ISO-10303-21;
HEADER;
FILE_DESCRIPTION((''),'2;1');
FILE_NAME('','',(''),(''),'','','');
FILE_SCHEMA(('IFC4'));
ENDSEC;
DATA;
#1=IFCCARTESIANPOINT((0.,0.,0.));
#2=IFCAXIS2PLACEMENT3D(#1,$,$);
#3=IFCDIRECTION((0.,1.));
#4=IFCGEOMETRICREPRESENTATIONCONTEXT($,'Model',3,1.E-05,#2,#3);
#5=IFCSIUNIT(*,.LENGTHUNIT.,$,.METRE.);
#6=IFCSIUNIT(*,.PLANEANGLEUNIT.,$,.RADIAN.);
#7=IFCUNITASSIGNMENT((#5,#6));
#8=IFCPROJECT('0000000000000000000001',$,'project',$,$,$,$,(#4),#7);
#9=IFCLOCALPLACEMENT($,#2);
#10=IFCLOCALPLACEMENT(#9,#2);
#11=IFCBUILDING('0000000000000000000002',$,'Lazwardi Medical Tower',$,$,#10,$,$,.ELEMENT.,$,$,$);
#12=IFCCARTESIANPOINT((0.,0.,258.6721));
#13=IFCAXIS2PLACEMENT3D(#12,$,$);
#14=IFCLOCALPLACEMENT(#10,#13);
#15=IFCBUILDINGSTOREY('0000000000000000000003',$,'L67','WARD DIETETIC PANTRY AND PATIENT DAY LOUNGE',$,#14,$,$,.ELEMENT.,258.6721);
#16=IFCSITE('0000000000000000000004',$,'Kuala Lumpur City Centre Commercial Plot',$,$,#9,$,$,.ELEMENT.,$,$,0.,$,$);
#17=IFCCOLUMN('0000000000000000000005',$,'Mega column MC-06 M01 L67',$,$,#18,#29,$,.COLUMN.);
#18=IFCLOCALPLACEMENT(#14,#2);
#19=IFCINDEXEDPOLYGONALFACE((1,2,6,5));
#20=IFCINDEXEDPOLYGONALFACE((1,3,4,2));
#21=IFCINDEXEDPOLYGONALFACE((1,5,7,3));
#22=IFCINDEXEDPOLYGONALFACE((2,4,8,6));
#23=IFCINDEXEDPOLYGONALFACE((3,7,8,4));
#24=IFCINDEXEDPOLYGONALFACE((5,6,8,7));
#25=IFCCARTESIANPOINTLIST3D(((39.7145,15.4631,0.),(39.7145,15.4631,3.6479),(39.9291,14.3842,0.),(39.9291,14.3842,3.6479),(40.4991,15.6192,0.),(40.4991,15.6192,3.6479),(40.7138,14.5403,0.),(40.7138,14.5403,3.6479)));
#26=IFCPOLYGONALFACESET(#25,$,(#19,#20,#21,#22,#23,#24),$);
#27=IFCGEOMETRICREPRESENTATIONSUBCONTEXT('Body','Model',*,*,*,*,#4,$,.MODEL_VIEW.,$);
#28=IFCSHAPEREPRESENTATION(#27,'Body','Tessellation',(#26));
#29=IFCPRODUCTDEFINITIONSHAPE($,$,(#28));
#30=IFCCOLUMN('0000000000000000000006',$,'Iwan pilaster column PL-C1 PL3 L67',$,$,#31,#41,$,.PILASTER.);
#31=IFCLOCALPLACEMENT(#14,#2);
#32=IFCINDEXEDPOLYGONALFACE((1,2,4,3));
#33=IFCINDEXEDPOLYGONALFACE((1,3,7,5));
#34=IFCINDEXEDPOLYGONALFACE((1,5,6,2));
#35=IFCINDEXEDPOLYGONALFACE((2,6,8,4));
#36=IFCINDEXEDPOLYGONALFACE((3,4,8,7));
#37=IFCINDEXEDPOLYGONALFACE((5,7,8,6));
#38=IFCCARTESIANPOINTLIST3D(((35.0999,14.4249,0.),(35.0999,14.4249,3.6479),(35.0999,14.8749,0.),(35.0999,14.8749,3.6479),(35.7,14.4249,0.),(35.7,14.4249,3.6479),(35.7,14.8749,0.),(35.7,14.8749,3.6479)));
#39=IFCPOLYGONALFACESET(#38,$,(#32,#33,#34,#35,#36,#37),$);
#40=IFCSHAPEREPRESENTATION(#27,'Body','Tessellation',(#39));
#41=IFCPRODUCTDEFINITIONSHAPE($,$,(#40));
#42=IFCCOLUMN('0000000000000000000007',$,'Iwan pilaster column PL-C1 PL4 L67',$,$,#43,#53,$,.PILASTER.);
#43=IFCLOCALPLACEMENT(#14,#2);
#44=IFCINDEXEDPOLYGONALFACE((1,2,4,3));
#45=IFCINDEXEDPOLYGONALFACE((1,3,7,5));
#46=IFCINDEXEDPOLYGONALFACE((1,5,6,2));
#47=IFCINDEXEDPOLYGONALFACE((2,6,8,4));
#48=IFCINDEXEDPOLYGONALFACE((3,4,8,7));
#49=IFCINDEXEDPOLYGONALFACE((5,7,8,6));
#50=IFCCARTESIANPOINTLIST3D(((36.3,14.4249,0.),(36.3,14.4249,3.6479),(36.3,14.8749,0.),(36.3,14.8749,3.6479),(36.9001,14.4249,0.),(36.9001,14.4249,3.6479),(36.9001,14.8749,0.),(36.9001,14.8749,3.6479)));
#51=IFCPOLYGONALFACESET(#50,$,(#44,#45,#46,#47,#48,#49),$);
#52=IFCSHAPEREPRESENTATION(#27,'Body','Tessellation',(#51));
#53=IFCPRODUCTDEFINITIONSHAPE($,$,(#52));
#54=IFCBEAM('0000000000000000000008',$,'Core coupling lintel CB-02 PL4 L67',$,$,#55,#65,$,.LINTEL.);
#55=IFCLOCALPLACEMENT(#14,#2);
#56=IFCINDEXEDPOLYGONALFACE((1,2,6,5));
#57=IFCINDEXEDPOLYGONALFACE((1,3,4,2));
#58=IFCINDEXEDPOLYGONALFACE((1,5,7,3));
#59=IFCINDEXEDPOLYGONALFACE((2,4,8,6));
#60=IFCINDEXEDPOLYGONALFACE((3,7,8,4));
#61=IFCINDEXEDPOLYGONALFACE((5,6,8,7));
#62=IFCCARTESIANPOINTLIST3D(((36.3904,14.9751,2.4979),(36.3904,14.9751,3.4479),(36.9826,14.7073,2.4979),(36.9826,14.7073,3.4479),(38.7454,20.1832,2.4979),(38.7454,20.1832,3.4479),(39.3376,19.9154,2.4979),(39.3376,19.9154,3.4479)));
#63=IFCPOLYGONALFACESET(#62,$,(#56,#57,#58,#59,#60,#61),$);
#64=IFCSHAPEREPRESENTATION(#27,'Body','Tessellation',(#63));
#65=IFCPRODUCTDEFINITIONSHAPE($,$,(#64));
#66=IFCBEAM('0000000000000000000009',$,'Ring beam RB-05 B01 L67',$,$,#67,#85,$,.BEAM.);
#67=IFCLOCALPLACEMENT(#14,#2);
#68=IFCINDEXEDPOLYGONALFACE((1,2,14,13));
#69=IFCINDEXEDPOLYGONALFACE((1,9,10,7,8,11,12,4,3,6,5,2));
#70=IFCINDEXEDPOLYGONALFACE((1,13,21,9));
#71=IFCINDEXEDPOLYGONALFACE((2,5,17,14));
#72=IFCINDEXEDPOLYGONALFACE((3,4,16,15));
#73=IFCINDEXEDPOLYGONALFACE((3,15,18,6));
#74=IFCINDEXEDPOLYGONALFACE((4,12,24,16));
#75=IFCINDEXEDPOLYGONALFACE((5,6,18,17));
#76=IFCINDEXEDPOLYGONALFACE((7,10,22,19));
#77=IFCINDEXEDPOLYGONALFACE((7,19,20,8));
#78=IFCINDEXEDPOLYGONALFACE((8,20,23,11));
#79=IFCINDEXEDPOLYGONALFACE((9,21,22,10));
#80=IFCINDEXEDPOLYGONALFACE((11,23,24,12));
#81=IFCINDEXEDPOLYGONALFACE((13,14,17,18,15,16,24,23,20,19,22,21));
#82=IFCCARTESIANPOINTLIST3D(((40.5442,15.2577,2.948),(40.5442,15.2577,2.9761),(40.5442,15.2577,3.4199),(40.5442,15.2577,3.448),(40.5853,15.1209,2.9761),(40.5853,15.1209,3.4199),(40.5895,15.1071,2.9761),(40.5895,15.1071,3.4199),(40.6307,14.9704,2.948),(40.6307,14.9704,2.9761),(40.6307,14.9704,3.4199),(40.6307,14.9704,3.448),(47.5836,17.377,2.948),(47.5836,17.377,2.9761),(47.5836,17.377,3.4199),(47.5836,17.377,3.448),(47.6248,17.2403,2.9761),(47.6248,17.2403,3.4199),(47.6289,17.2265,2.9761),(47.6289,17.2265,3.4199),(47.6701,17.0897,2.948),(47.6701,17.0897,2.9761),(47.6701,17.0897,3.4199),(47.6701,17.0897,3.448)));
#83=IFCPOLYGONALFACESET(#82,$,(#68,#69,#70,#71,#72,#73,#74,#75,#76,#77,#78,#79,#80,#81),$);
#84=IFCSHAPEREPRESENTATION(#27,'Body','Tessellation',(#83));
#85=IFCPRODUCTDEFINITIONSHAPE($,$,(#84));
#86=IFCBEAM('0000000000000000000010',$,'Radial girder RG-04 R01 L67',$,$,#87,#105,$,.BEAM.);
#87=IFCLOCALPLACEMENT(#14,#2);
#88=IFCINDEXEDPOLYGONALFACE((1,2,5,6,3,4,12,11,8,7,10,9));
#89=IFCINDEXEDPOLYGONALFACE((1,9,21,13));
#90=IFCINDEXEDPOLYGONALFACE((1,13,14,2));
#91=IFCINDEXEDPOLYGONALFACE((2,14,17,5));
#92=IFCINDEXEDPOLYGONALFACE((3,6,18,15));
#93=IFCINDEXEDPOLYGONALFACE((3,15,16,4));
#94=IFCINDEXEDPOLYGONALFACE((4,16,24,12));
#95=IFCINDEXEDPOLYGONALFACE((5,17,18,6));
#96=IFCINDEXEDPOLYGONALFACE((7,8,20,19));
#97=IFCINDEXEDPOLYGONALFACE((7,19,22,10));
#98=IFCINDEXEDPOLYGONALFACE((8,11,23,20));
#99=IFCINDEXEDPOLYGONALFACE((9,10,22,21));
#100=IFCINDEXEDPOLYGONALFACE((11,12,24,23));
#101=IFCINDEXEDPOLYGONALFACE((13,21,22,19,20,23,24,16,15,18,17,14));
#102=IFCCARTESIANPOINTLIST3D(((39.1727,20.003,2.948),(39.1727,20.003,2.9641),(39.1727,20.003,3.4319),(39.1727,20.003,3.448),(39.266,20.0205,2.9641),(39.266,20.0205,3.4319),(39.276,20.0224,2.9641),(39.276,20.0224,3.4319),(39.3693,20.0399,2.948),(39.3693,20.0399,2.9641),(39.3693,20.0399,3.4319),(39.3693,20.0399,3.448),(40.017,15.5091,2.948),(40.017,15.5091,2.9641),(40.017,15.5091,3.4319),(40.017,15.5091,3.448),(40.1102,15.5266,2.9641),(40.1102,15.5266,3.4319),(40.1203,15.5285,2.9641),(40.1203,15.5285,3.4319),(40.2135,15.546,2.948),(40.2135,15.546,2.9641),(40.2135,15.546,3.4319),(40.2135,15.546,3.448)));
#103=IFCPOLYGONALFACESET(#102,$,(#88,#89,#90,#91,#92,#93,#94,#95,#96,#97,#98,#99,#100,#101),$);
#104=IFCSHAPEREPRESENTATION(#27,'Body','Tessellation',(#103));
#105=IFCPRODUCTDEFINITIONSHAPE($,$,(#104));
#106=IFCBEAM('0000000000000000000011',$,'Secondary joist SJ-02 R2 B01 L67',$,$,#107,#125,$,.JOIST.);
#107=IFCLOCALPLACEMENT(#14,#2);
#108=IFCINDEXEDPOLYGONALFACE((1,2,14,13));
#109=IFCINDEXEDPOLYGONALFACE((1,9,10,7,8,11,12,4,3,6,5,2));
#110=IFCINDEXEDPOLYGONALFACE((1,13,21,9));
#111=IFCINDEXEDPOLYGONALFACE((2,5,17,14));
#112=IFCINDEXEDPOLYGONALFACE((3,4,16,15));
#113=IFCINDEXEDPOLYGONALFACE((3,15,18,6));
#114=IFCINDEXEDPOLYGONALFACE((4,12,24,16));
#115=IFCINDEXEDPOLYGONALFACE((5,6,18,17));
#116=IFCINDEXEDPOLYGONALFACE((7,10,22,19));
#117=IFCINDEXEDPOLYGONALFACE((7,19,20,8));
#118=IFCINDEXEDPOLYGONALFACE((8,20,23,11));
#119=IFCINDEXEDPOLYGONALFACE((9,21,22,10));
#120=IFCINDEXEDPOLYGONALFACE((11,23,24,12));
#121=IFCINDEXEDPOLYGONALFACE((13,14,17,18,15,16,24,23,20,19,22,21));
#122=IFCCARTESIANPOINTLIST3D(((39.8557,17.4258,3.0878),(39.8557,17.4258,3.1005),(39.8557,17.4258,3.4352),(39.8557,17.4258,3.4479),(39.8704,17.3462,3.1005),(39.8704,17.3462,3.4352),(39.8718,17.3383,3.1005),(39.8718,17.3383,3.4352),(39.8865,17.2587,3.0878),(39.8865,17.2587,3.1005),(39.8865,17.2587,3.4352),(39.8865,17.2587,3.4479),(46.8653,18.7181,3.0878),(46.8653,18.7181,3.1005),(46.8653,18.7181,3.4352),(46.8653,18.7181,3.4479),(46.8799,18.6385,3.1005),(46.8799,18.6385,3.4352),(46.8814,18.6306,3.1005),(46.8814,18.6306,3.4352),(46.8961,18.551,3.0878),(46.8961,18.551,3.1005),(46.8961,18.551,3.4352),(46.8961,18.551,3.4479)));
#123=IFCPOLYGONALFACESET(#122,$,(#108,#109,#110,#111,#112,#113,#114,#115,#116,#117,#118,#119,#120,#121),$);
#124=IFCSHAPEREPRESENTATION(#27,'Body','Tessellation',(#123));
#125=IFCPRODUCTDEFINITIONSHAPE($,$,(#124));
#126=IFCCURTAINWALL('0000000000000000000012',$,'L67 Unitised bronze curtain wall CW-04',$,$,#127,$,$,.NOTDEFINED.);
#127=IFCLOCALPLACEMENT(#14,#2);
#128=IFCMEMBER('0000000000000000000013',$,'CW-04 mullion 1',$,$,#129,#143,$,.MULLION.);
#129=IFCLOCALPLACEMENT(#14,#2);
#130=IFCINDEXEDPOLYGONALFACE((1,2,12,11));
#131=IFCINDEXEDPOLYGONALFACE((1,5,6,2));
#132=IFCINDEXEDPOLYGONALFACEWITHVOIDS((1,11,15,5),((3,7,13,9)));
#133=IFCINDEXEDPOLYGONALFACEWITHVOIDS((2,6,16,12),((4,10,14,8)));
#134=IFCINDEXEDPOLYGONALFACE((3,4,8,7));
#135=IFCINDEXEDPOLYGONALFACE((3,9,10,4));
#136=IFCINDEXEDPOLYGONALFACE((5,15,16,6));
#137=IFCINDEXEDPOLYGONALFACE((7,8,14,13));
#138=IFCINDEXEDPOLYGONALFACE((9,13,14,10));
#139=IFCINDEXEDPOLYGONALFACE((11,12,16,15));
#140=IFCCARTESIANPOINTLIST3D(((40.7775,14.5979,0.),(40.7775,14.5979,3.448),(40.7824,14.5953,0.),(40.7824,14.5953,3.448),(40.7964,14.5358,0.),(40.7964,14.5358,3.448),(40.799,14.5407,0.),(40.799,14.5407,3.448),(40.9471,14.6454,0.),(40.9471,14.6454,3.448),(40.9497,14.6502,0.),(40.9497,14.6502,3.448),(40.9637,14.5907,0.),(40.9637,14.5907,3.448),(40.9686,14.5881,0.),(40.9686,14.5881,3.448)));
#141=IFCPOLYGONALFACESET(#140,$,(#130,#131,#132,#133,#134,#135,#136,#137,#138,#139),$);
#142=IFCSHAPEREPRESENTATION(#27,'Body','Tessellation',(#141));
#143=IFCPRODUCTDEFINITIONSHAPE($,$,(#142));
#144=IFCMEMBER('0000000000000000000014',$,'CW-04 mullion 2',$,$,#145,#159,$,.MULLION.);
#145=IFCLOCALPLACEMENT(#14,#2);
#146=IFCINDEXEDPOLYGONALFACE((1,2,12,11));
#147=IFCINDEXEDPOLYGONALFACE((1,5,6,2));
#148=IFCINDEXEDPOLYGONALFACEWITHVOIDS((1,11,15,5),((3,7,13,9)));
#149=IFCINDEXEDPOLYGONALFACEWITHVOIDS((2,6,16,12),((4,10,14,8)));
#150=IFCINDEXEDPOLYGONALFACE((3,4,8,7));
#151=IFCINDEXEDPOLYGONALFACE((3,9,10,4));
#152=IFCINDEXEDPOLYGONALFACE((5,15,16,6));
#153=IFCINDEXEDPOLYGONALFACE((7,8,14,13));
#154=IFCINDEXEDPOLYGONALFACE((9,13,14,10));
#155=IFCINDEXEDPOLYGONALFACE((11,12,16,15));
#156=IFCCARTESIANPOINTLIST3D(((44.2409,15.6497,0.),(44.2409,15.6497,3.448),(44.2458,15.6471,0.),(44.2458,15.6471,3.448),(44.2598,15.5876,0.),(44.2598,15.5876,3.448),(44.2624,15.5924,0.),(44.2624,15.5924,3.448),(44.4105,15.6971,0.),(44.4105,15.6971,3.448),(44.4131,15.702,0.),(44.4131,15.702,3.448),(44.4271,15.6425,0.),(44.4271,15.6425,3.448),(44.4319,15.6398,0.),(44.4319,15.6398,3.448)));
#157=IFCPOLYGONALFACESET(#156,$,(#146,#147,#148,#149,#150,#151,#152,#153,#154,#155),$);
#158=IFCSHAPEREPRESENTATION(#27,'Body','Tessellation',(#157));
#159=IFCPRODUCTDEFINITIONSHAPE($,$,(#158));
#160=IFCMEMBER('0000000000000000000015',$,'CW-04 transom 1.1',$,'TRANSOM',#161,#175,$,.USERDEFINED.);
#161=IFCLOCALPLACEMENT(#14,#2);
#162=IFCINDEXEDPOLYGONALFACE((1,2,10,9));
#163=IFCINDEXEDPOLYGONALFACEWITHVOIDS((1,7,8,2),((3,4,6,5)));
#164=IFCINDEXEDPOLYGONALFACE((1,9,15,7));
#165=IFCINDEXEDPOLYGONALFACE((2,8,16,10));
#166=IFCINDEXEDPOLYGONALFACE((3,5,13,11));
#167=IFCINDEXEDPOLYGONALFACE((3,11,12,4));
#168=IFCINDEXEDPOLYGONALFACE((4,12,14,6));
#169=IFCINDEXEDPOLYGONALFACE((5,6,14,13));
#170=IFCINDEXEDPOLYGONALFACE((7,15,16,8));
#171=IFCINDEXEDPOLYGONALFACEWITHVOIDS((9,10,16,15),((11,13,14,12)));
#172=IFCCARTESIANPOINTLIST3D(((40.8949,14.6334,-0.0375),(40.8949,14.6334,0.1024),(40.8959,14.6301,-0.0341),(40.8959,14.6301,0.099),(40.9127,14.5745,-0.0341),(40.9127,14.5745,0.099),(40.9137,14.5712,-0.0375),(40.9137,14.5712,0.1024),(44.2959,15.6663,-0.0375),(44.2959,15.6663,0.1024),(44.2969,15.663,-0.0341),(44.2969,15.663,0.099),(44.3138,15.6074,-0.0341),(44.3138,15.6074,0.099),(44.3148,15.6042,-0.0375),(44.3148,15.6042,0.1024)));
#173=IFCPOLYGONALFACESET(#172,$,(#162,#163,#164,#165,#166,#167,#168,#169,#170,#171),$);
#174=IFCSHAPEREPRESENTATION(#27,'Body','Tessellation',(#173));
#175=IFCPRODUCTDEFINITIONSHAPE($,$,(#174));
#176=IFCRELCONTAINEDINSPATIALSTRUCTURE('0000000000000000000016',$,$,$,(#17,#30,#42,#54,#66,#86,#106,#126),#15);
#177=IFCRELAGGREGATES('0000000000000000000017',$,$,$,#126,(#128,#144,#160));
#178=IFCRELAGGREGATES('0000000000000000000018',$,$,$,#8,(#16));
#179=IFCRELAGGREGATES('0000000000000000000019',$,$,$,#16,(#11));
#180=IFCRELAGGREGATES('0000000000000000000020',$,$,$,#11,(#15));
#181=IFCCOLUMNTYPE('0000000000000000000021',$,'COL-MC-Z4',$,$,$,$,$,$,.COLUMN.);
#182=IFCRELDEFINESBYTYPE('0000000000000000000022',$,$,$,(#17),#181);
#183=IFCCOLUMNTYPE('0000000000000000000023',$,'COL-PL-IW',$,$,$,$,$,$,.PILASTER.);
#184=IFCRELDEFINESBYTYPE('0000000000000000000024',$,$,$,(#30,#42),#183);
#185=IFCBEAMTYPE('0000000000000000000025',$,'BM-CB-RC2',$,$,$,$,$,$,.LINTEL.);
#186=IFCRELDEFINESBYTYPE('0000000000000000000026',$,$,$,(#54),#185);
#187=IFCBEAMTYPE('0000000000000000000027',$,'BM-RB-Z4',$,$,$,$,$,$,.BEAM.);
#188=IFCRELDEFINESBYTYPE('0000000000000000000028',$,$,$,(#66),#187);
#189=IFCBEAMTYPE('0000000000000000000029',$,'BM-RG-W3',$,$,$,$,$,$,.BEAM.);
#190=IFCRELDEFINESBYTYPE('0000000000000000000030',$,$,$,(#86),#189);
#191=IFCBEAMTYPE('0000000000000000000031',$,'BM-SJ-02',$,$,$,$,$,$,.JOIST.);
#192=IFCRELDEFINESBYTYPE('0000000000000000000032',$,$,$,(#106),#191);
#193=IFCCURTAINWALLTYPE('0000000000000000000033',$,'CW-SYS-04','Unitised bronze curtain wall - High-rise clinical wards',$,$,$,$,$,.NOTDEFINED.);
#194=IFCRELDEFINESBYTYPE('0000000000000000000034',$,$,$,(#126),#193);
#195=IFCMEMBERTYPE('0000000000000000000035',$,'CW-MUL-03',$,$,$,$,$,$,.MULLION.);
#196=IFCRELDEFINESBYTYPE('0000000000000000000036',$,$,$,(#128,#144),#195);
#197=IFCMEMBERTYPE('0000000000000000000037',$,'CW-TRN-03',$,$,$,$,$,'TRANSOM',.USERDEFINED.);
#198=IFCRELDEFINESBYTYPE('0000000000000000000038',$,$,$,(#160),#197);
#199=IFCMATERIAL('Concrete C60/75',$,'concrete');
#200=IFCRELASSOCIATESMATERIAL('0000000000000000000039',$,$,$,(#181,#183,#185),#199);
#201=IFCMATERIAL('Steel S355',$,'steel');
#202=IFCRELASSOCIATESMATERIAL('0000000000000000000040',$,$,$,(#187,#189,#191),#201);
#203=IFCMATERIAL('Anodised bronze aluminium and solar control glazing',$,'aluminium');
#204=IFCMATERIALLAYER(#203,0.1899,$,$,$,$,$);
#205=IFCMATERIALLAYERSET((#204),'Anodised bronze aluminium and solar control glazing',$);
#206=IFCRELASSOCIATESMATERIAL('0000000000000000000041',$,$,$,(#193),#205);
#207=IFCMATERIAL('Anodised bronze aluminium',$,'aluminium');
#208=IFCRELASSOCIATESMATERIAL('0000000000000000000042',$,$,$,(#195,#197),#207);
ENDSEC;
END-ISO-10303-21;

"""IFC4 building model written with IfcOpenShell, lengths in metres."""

from ifc_helpers import new_model, si_unit, direction, frame, origin, origin_2d, place, context, subcontext, project, spatial, rectangle, hollow_rectangle, i_section, extrude, material, layer, layer_set, material_profile, profile_set, type_object, element, aggregate, save


model = new_model("IFC4")

# Units and contexts
model_context = context("Model", 3, precision=1e-05, world=origin(), true_north=direction((0.0, 1.0)))
body_context = subcontext(model_context, "Body", "Model", "MODEL_VIEW")
ifc_project = project(units=[si_unit("LENGTHUNIT", "METRE"), si_unit("PLANEANGLEUNIT", "RADIAN")], contexts=[model_context])

# Site, building, storey
site_placement = place(None, origin())
site = spatial("IfcSite", under=ifc_project, at=site_placement, Name="Kuala Lumpur City Centre Commercial Plot", CompositionType="ELEMENT", RefElevation=0.0)
building_placement = place(site_placement, origin())
building = spatial("IfcBuilding", under=site, at=building_placement, Name="Lazwardi Medical Tower", CompositionType="ELEMENT")
storey_placement = place(building_placement, frame((0.0, 0.0, 258.6721)))
storey = spatial("IfcBuildingStorey", under=building, at=storey_placement, Name="L67", Description="WARD DIETETIC PANTRY AND PATIENT DAY LOUNGE", CompositionType="ELEMENT", Elevation=258.6721)

# Columns
ifc_material_1 = material(Name="Concrete C60/75", Category="concrete")
ifc_material_profile_1 = material_profile(ifc_material_1, rectangle(XDim=1.1001, YDim=0.8, at=origin_2d()), Name="CFT-RECT 1100x800")
ifc_profile_set_1 = profile_set([ifc_material_profile_1], Name="Concrete C60/75")
column_type_1 = type_object("IfcColumnType", Name="COL-MC-Z4", PredefinedType="COLUMN", material=ifc_profile_set_1)
column_placement = place(storey_placement, frame((40.2141, 15.0017, 0.0), z_axis=(0.0, 0.0, 1.0), x_axis=(0.19509, -0.980785, 0.0)))
element("IfcColumn", 1, at=column_placement, inside=storey, type_object=column_type_1, Name="Mega column MC-06 M01 L67", PredefinedType="COLUMN", context=body_context, shape_type="SweptSolid", body=[
    extrude(rectangle(XDim=1.1001, YDim=0.8, at=origin_2d()), origin(), (0.0, 0.0, 1.0), 3.6479),
])
ifc_material_profile_2 = material_profile(ifc_material_1, rectangle(XDim=0.6001, YDim=0.45, at=origin_2d()), Name="RC 600x450")
ifc_profile_set_2 = profile_set([ifc_material_profile_2], Name="Concrete C60/75")
column_type_2 = type_object("IfcColumnType", Name="COL-PL-IW", PredefinedType="PILASTER", material=ifc_profile_set_2)
for number, where, z_axis, x_axis, name in (
    (2, (35.3999, 14.6499, 0.0), (0.0, 0.0, 1.0), (1.0, 0.0, 0.0), "Iwan pilaster column PL-C1 PL3 L67"),
    (3, (36.6001, 14.6499, 0.0), (0.0, 0.0, 1.0), (1.0, 0.0, 0.0), "Iwan pilaster column PL-C1 PL4 L67"),
):
    element("IfcColumn", number, at=place(storey_placement, frame(where, z_axis=z_axis, x_axis=x_axis)), inside=storey, type_object=column_type_2, Name=name, PredefinedType="PILASTER", context=body_context, shape_type="SweptSolid", body=[
        extrude(rectangle(XDim=0.6001, YDim=0.45, at=origin_2d()), origin(), (0.0, 0.0, 1.0), 3.6479),
    ])

# Beams
ifc_material_profile_3 = material_profile(ifc_material_1, rectangle(XDim=0.6499, YDim=0.95, at=origin_2d()), Name="RC 650x950")
ifc_profile_set_3 = profile_set([ifc_material_profile_3], Name="Concrete C60/75")
beam_type_1 = type_object("IfcBeamType", Name="BM-CB-RC2", PredefinedType="LINTEL", material=ifc_profile_set_3)
beam_1_placement = place(storey_placement, frame((39.0415, 20.0493, 2.9729), z_axis=(-0.412019, -0.911175, 0.0), x_axis=(0.911175, -0.412019, 0.0)))
element("IfcBeam", 4, at=beam_1_placement, inside=storey, type_object=beam_type_1, Name="Core coupling lintel CB-02 PL4 L67", PredefinedType="LINTEL", context=body_context, shape_type="SweptSolid", body=[
    extrude(rectangle(XDim=0.6499, YDim=0.95, at=origin_2d()), origin(), (0.0, 0.0, 1.0), 5.7158),
])
ifc_material_2 = material(Name="Steel S355", Category="steel")
ifc_material_profile_4 = material_profile(ifc_material_2, i_section(OverallWidth=0.3, OverallDepth=0.5, WebThickness=0.0144, FlangeThickness=0.0281, at=origin_2d()), Name="HEB 500")
ifc_profile_set_4 = profile_set([ifc_material_profile_4], Name="Steel S355")
beam_type_2 = type_object("IfcBeamType", Name="BM-RB-Z4", PredefinedType="BEAM", material=ifc_profile_set_4)
beam_2_placement = place(storey_placement, frame((40.5874, 15.114, 3.198), z_axis=(0.957544, 0.288286, 0.0), x_axis=(-0.288286, 0.957544, 0.0)))
element("IfcBeam", 5, at=beam_2_placement, inside=storey, type_object=beam_type_2, Name="Ring beam RB-05 B01 L67", PredefinedType="BEAM", context=body_context, shape_type="SweptSolid", body=[
    extrude(i_section(OverallWidth=0.3, OverallDepth=0.5, WebThickness=0.0144, FlangeThickness=0.0281, at=origin_2d()), origin(), (0.0, 0.0, 1.0), 7.3516),
])
ifc_material_profile_5 = material_profile(ifc_material_2, i_section(OverallWidth=0.2, OverallDepth=0.5, WebThickness=0.0103, FlangeThickness=0.0161, at=origin_2d()), Name="IPE 500")
ifc_profile_set_5 = profile_set([ifc_material_profile_5], Name="Steel S355")
beam_type_3 = type_object("IfcBeamType", Name="BM-RG-W3", PredefinedType="BEAM", material=ifc_profile_set_5)
beam_3_placement = place(storey_placement, frame((40.1152, 15.5276, 3.198), z_axis=(-0.184633, 0.982807, 0.0), x_axis=(-0.982807, -0.184633, 0.0)))
element("IfcBeam", 6, at=beam_3_placement, inside=storey, type_object=beam_type_3, Name="Radial girder RG-04 R01 L67", PredefinedType="BEAM", context=body_context, shape_type="SweptSolid", body=[
    extrude(i_section(OverallWidth=0.2, OverallDepth=0.5, WebThickness=0.0103, FlangeThickness=0.0161, at=origin_2d()), origin(), (0.0, 0.0, 1.0), 4.5725),
])
ifc_material_profile_6 = material_profile(ifc_material_2, i_section(OverallWidth=0.1699, OverallDepth=0.3601, WebThickness=0.0081, FlangeThickness=0.0127, at=origin_2d()), Name="IPE 360")
ifc_profile_set_6 = profile_set([ifc_material_profile_6], Name="Steel S355")
beam_type_4 = type_object("IfcBeamType", Name="BM-SJ-02", PredefinedType="JOIST", material=ifc_profile_set_6)
beam_4_placement = place(storey_placement, frame((39.8711, 17.3423, 3.2678), z_axis=(0.983428, 0.181299, 0.0), x_axis=(-0.181299, 0.983428, 0.0)))
element("IfcBeam", 7, at=beam_4_placement, inside=storey, type_object=beam_type_4, Name="Secondary joist SJ-02 R2 B01 L67", PredefinedType="JOIST", context=body_context, shape_type="SweptSolid", body=[
    extrude(i_section(OverallWidth=0.1699, OverallDepth=0.3601, WebThickness=0.0081, FlangeThickness=0.0127, at=origin_2d()), origin(), (0.0, 0.0, 1.0), 7.1277),
])

# Curtain wall, members
ifc_material_3 = material(Name="Anodised bronze aluminium and solar control glazing", Category="aluminium")
ifc_layer_1 = layer(ifc_material_3, 0.1899)
ifc_layer_set_1 = layer_set([ifc_layer_1], Name="Anodised bronze aluminium and solar control glazing")
curtain_wall_type = type_object("IfcCurtainWallType", Name="CW-SYS-04", Description="Unitised bronze curtain wall - High-rise clinical wards", PredefinedType="NOTDEFINED", material=ifc_layer_set_1)
curtain_wall_placement = place(storey_placement, origin())
curtain_wall = element("IfcCurtainWall", 8, at=curtain_wall_placement, inside=storey, type_object=curtain_wall_type, Name="L67 Unitised bronze curtain wall CW-04", PredefinedType="NOTDEFINED")
ifc_material_4 = material(Name="Anodised bronze aluminium", Category="aluminium")
ifc_material_profile_7 = material_profile(ifc_material_4, hollow_rectangle(XDim=0.0649, YDim=0.1799, WallThickness=0.0039, at=origin_2d()), Name="ALU-MULLION 180x65x4")
ifc_profile_set_7 = profile_set([ifc_material_profile_7], Name="Anodised bronze aluminium")
member_type_1 = type_object("IfcMemberType", Name="CW-MUL-03", PredefinedType="MULLION", material=ifc_profile_set_7)
member_1_placement = place(storey_placement, frame((40.873, 14.593, 0.0), z_axis=(0.0, 0.0, 1.0), x_axis=(-0.290582, 0.95685, 0.0)))
member_1 = element("IfcMember", 9, at=member_1_placement, type_object=member_type_1, Name="CW-04 mullion 1", PredefinedType="MULLION", context=body_context, shape_type="SweptSolid", body=[
    extrude(hollow_rectangle(XDim=0.0649, YDim=0.1799, WallThickness=0.0039, at=origin_2d()), origin(), (0.0, 0.0, 1.0), 3.448),
])
member_2_placement = place(storey_placement, frame((44.3364, 15.6448, 0.0), z_axis=(0.0, 0.0, 1.0), x_axis=(-0.290582, 0.95685, 0.0)))
member_2 = element("IfcMember", 10, at=member_2_placement, type_object=member_type_1, Name="CW-04 mullion 2", PredefinedType="MULLION", context=body_context, shape_type="SweptSolid", body=[
    extrude(hollow_rectangle(XDim=0.0649, YDim=0.1799, WallThickness=0.0039, at=origin_2d()), origin(), (0.0, 0.0, 1.0), 3.448),
])
ifc_material_profile_8 = material_profile(ifc_material_4, hollow_rectangle(XDim=0.0649, YDim=0.1399, WallThickness=0.0034, at=origin_2d()), Name="ALU-TRANSOM 140x65x3.5")
ifc_profile_set_8 = profile_set([ifc_material_profile_8], Name="Anodised bronze aluminium")
member_type_2 = type_object("IfcMemberType", Name="CW-TRN-03", ElementType="TRANSOM", PredefinedType="USERDEFINED", material=ifc_profile_set_8)
member_3_placement = place(storey_placement, frame((40.9043, 14.6023, 0.0325), z_axis=(0.956843, 0.290604, 0.0), x_axis=(-0.290604, 0.956843, 0.0)))
member_3 = element("IfcMember", 11, at=member_3_placement, type_object=member_type_2, Name="CW-04 transom 1.1", ObjectType="TRANSOM", PredefinedType="USERDEFINED", context=body_context, shape_type="SweptSolid", body=[
    extrude(hollow_rectangle(XDim=0.0649, YDim=0.1399, WallThickness=0.0034, at=origin_2d()), origin(), (0.0, 0.0, 1.0), 3.5544),
])
aggregate(curtain_wall, [member_1, member_2, member_3])

save(model, "model.ifc")
